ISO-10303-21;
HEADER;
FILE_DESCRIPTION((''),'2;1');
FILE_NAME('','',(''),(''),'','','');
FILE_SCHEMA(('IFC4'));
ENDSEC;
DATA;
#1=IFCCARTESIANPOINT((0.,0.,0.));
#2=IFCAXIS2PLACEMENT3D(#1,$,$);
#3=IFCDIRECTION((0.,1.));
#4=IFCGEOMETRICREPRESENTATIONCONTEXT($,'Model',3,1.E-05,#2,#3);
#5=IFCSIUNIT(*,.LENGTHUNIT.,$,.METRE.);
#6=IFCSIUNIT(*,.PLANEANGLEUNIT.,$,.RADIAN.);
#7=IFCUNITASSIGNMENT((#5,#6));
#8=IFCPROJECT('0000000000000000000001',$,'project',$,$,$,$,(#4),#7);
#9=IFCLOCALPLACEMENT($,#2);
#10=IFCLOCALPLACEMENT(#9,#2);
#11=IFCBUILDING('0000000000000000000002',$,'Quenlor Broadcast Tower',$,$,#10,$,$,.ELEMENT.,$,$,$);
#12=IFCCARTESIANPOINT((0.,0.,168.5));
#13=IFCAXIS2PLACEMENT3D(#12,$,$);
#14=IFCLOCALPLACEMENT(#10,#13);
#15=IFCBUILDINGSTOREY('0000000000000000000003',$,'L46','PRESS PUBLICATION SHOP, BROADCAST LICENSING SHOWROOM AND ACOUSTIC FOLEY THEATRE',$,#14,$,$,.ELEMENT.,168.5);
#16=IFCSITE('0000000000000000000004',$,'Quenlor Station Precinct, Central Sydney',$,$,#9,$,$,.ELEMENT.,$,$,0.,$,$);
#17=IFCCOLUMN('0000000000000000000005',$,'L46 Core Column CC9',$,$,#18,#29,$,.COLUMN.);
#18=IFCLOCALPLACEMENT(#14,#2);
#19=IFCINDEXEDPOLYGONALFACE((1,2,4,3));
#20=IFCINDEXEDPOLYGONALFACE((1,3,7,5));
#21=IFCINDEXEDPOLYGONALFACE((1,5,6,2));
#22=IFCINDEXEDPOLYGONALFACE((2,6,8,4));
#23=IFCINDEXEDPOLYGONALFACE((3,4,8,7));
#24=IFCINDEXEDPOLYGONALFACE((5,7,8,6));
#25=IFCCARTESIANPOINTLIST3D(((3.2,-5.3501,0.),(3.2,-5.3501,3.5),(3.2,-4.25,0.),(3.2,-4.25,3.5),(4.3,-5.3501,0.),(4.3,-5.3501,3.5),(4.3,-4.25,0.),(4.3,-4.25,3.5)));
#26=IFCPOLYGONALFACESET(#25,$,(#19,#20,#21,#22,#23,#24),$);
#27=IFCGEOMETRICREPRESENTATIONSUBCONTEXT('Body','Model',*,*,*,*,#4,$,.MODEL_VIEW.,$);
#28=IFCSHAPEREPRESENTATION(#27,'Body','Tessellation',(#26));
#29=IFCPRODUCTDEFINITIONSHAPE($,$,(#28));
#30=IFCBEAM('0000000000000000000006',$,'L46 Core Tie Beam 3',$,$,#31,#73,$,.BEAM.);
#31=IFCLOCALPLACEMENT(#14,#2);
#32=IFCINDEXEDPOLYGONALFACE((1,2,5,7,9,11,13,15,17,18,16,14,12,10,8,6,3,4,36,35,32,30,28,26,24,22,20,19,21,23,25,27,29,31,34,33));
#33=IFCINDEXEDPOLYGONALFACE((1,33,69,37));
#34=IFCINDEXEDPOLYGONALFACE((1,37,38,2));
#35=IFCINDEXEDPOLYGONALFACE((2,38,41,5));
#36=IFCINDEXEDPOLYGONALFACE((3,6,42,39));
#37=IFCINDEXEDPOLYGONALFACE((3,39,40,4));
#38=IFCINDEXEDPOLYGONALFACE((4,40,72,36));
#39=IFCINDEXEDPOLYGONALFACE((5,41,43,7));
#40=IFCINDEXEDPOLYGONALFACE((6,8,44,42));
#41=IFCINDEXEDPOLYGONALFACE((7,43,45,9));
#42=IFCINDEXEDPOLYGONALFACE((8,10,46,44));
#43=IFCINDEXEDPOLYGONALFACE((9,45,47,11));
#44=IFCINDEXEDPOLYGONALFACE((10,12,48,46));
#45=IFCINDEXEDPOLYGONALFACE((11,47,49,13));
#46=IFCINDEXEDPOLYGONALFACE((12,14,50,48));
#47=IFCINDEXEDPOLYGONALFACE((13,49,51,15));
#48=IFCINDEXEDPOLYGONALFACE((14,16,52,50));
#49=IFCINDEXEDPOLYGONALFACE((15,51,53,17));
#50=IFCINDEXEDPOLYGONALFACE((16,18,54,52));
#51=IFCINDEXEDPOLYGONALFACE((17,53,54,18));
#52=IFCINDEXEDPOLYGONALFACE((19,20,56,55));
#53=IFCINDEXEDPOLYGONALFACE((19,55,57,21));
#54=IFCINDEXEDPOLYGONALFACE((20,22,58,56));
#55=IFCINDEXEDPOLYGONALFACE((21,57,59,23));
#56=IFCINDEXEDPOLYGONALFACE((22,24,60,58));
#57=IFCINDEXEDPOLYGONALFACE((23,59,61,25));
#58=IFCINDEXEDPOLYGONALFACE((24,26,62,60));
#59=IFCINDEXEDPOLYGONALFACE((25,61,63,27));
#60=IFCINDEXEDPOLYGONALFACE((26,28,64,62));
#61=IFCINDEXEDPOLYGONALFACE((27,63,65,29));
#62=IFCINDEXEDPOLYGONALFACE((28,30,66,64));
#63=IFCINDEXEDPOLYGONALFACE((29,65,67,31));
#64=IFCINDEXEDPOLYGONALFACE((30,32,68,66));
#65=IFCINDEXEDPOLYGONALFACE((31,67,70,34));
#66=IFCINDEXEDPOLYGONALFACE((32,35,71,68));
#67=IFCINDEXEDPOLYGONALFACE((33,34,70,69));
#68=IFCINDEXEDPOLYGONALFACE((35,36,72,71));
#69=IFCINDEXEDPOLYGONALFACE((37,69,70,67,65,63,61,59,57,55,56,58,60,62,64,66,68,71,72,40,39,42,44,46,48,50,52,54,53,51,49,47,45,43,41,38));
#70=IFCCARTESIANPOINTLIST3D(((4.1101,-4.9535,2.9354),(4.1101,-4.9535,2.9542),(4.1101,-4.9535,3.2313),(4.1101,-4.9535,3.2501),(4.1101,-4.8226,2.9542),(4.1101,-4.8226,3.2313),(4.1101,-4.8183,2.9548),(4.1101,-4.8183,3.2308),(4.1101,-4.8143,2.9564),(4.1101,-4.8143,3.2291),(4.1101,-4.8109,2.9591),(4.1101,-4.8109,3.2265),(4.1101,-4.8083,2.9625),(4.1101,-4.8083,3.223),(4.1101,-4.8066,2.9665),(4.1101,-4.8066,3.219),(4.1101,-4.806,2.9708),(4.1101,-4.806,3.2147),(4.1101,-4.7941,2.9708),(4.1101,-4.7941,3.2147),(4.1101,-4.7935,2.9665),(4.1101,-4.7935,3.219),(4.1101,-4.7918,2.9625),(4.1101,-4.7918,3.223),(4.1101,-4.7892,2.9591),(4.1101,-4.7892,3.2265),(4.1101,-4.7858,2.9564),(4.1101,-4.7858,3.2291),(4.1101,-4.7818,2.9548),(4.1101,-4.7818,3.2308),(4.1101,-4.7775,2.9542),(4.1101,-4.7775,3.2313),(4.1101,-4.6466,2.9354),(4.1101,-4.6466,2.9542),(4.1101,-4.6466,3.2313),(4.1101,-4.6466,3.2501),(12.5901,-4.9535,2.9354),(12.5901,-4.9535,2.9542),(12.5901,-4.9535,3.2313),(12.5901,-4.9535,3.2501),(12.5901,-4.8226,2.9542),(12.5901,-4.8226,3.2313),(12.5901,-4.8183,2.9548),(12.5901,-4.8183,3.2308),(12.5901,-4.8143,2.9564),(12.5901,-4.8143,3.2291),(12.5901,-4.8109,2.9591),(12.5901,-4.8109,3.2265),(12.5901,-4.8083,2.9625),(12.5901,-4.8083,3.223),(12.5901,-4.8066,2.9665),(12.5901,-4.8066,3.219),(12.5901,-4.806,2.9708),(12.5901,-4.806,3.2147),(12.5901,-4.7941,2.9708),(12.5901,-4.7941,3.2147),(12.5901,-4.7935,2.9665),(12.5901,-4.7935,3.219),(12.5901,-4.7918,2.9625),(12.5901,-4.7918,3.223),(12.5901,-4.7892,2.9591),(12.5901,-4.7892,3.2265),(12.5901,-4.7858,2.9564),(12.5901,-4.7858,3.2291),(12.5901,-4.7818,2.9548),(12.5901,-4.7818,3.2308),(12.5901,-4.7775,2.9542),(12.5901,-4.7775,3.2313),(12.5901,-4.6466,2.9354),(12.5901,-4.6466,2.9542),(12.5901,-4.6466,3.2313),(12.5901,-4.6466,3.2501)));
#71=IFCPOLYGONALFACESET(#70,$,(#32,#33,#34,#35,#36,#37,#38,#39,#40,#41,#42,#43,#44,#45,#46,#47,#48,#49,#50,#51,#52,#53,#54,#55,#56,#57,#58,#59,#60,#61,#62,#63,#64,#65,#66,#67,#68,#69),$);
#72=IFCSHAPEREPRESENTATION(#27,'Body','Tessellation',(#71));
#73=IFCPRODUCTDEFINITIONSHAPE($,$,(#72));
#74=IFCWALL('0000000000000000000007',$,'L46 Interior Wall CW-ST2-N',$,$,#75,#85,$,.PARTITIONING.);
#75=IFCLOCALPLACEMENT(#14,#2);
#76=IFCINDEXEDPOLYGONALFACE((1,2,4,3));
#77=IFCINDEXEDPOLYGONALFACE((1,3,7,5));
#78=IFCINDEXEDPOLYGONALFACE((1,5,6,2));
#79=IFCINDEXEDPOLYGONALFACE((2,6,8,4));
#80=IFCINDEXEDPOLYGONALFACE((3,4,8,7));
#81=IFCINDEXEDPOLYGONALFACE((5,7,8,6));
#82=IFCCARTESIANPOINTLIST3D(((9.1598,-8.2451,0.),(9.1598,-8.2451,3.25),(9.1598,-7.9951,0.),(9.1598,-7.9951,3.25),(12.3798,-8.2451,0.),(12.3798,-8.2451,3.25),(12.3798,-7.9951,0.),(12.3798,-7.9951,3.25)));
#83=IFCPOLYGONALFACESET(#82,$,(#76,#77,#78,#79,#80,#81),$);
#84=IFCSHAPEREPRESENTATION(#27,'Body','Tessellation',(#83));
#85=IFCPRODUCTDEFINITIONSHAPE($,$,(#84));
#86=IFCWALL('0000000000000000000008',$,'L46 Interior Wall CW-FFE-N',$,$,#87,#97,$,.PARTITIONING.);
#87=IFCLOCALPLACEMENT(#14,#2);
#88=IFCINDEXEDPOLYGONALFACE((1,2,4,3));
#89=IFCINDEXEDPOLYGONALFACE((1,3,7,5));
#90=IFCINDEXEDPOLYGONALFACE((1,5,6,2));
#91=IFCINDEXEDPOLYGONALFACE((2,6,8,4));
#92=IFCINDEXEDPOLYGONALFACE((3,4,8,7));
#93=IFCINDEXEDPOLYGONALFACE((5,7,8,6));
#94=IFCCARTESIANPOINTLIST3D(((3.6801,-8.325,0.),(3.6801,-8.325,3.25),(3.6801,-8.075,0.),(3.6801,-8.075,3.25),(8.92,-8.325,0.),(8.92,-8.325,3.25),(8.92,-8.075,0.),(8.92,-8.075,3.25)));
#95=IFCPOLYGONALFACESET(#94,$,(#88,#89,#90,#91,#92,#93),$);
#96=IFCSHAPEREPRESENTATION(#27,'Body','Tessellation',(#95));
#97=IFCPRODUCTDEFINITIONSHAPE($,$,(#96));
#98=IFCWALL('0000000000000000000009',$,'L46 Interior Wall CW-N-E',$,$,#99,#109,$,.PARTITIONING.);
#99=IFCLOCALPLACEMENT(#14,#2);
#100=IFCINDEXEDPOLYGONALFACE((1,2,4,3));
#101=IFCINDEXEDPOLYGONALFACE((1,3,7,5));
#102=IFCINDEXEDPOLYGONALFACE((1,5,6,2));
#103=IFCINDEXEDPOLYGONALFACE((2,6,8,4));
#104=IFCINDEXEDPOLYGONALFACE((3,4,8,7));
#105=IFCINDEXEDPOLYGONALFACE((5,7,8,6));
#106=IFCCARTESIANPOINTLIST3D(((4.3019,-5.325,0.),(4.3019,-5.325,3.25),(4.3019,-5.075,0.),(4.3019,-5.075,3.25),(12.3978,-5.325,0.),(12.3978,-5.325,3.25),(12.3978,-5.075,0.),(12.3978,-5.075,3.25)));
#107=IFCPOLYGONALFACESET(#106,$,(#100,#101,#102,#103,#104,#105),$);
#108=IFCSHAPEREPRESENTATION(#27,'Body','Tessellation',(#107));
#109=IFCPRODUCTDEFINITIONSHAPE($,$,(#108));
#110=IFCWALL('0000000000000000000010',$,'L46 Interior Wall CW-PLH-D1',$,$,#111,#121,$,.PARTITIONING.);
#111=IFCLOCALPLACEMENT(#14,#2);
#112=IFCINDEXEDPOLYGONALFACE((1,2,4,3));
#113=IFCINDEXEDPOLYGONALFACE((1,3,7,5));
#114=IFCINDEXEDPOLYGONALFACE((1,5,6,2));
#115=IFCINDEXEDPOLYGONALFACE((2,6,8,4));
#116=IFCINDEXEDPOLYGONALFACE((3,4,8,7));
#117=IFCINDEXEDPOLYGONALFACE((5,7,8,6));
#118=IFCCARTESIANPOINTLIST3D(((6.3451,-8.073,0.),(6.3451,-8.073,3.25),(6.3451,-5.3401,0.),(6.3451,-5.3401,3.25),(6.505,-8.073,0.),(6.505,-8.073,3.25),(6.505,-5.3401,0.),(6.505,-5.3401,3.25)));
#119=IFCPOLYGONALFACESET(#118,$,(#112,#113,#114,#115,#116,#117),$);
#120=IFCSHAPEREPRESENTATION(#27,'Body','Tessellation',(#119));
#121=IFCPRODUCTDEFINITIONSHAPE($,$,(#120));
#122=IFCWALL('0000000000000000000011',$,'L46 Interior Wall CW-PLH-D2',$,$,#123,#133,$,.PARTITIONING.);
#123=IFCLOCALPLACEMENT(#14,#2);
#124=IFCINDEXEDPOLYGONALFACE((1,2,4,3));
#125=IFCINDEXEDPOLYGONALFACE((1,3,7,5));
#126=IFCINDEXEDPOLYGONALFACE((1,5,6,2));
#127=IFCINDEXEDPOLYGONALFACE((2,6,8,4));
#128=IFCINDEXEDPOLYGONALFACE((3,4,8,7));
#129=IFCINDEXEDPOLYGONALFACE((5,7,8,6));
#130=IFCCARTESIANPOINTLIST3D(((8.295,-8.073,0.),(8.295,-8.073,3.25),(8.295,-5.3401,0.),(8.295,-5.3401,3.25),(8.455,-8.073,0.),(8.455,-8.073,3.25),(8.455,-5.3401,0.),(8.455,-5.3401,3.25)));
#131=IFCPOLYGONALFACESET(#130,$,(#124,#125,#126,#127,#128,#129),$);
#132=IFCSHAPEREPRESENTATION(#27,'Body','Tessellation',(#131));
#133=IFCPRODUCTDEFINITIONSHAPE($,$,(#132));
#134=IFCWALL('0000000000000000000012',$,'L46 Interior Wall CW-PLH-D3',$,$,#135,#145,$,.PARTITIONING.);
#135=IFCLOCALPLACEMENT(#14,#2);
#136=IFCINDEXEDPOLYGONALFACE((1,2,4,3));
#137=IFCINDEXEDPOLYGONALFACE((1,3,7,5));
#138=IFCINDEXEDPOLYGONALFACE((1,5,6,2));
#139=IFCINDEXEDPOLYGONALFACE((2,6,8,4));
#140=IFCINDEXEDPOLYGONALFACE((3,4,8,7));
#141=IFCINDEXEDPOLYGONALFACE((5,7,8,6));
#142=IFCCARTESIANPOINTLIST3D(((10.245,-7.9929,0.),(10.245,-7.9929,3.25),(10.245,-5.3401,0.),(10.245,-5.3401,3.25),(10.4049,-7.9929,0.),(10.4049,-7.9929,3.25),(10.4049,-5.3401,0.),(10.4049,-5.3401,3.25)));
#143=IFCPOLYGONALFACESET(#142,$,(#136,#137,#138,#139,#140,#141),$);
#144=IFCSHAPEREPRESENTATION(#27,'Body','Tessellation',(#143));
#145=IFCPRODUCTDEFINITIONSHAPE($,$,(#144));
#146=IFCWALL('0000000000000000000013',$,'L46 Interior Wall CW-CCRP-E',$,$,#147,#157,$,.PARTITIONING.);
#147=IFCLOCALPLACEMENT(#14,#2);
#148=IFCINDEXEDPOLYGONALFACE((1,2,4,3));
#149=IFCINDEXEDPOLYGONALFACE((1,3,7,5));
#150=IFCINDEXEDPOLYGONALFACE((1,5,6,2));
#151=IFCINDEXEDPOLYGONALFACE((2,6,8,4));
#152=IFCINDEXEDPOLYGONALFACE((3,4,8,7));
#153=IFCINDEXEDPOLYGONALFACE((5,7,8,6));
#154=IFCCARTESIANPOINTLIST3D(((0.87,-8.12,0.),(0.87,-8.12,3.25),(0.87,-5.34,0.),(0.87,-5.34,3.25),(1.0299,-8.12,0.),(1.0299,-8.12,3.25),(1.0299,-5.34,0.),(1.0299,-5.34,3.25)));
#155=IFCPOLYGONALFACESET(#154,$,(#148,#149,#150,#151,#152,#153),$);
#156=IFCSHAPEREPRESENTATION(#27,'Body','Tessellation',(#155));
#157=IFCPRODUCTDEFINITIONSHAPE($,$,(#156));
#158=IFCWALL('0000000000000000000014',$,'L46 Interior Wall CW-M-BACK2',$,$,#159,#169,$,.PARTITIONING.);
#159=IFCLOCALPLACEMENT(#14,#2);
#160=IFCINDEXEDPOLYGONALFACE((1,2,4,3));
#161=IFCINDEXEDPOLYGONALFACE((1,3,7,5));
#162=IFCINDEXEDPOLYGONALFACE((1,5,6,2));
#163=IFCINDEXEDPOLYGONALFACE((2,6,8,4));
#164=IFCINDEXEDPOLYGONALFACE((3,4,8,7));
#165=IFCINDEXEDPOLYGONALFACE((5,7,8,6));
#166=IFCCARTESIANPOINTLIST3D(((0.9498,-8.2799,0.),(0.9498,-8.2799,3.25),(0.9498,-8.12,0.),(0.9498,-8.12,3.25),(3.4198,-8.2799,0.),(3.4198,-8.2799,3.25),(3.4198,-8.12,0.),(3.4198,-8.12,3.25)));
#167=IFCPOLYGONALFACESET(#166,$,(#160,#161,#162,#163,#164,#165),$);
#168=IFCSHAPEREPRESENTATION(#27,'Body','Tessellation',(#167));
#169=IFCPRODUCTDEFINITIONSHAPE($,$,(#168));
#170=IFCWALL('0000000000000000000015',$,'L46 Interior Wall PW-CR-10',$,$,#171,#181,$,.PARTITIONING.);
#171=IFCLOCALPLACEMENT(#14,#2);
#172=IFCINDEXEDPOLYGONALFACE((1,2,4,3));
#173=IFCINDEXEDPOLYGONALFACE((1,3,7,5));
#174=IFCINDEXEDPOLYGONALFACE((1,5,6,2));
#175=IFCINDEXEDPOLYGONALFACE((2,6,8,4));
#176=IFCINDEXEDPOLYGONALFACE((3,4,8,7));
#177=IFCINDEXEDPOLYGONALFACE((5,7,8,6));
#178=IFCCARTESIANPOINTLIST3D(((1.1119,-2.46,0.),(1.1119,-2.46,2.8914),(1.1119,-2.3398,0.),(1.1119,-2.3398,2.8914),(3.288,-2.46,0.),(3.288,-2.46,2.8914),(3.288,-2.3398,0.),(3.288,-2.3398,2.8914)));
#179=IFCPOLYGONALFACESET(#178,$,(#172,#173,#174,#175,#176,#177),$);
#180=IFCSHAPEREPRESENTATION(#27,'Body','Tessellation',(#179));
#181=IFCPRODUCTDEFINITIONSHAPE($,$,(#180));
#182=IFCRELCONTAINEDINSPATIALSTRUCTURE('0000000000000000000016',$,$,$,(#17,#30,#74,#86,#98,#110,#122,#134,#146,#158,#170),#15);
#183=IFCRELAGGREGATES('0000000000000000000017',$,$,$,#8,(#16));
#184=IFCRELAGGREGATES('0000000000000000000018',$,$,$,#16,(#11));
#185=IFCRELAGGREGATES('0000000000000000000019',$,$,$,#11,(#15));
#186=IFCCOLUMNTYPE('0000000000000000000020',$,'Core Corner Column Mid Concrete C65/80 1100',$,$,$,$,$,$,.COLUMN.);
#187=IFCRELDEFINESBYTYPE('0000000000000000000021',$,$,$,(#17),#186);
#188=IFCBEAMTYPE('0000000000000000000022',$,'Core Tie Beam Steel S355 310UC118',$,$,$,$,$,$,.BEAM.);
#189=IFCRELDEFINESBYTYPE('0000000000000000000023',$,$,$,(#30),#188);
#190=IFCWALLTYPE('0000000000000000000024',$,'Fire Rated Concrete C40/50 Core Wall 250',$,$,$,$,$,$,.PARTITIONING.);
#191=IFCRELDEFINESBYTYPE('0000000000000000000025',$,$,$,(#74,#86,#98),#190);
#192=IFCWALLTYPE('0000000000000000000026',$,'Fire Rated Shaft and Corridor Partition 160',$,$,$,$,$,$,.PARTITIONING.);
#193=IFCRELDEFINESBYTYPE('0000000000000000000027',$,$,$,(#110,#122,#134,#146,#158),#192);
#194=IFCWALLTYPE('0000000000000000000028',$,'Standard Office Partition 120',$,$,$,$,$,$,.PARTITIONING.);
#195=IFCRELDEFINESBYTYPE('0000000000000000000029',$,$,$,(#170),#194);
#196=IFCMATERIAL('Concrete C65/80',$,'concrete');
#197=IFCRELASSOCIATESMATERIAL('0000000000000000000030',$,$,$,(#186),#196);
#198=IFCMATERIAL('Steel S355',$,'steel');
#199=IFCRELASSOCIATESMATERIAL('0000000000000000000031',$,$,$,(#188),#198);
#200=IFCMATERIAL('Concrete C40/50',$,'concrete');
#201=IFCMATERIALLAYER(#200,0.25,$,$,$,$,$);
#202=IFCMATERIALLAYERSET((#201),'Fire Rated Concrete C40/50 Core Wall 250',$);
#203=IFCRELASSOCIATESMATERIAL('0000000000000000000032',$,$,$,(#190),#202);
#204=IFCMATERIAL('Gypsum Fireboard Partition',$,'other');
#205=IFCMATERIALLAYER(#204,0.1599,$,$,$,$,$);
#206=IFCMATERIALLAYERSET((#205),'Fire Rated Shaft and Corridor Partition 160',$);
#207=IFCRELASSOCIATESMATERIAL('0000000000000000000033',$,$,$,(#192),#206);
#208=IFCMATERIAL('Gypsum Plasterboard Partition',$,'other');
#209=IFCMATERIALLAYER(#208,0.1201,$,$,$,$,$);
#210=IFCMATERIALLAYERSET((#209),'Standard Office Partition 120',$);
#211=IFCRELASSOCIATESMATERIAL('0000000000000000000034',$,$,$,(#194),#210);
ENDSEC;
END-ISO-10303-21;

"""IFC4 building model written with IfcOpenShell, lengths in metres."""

from ifc_helpers import new_model, si_unit, direction, frame, frame_2d, origin, origin_2d, place, context, subcontext, project, spatial, rectangle, i_section, extrude, material, layer, layer_set, material_profile, profile_set, type_object, element, save


model = new_model("IFC4")

# Units and contexts
model_context = context("Model", 3, precision=1e-05, world=origin(), true_north=direction((0.0, 1.0)))
body_context = subcontext(model_context, "Body", "Model", "MODEL_VIEW")
ifc_project = project(units=[si_unit("LENGTHUNIT", "METRE"), si_unit("PLANEANGLEUNIT", "RADIAN")], contexts=[model_context])

# Site, building, storey
site_placement = place(None, origin())
site = spatial("IfcSite", under=ifc_project, at=site_placement, Name="Quenlor Station Precinct, Central Sydney", CompositionType="ELEMENT", RefElevation=0.0)
building_placement = place(site_placement, origin())
building = spatial("IfcBuilding", under=site, at=building_placement, Name="Quenlor Broadcast Tower", CompositionType="ELEMENT")
storey_placement = place(building_placement, frame((0.0, 0.0, 168.5)))
storey = spatial("IfcBuildingStorey", under=building, at=storey_placement, Name="L46", Description="PRESS PUBLICATION SHOP, BROADCAST LICENSING SHOWROOM AND ACOUSTIC FOLEY THEATRE", CompositionType="ELEMENT", Elevation=168.5)

# Column
ifc_material_1 = material(Name="Concrete C65/80", Category="concrete")
ifc_material_profile_1 = material_profile(ifc_material_1, rectangle(XDim=1.1001, YDim=1.1001, at=origin_2d()))
ifc_profile_set_1 = profile_set([ifc_material_profile_1], Name="Concrete C65/80 RC1100x1100")
column_type = type_object("IfcColumnType", Name="Core Corner Column Mid Concrete C65/80 1100", PredefinedType="COLUMN", material=ifc_profile_set_1)
column_placement = place(storey_placement, frame((3.75, -4.8, 0.0), z_axis=(0.0, 0.0, 1.0), x_axis=(1.0, 0.0, 0.0)))
element("IfcColumn", 1, at=column_placement, inside=storey, type_object=column_type, Name="L46 Core Column CC9", PredefinedType="COLUMN", context=body_context, shape_type="SweptSolid", body=[
    extrude(rectangle(XDim=1.1001, YDim=1.1001, at=origin_2d()), origin(), (0.0, 0.0, 1.0), 3.5),
])

# Beam
ifc_material_2 = material(Name="Steel S355", Category="steel")
ifc_material_profile_2 = material_profile(ifc_material_2, i_section(OverallWidth=0.3069, OverallDepth=0.3147, WebThickness=0.012, FlangeThickness=0.0188, FilletRadius=0.0166, at=origin_2d()))
ifc_profile_set_2 = profile_set([ifc_material_profile_2], Name="Steel S355 310UC118")
beam_type = type_object("IfcBeamType", Name="Core Tie Beam Steel S355 310UC118", PredefinedType="BEAM", material=ifc_profile_set_2)
beam_placement = place(storey_placement, frame((4.1101, -4.8, 3.0928), z_axis=(1.0, 0.0, 0.0), x_axis=(0.0, 1.0, 0.0)))
element("IfcBeam", 2, at=beam_placement, inside=storey, type_object=beam_type, Name="L46 Core Tie Beam 3", PredefinedType="BEAM", context=body_context, shape_type="SweptSolid", body=[
    extrude(i_section(OverallWidth=0.3069, OverallDepth=0.3147, WebThickness=0.012, FlangeThickness=0.0188, FilletRadius=0.0166, at=origin_2d()), origin(), (0.0, 0.0, 1.0), 8.48),
])

# Walls
ifc_material_3 = material(Name="Concrete C40/50", Category="concrete")
ifc_layer_1 = layer(ifc_material_3, 0.25)
ifc_layer_set_1 = layer_set([ifc_layer_1], Name="Fire Rated Concrete C40/50 Core Wall 250")
wall_type_1 = type_object("IfcWallType", Name="Fire Rated Concrete C40/50 Core Wall 250", PredefinedType="PARTITIONING", material=ifc_layer_set_1)
wall_1_placement = place(storey_placement, frame((9.1599, -8.1201, 0.0), z_axis=(0.0, 0.0, 1.0), x_axis=(1.0, 0.0, 0.0)))
element("IfcWall", 3, at=wall_1_placement, inside=storey, type_object=wall_type_1, Name="L46 Interior Wall CW-ST2-N", PredefinedType="PARTITIONING", context=body_context, shape_type="SweptSolid", body=[
    extrude(rectangle(XDim=3.22, YDim=0.25, at=frame_2d((1.6099, 0.0))), origin(), (0.0, 0.0, 1.0), 3.25),
])
wall_2_placement = place(storey_placement, frame((3.6799, -8.2, 0.0), z_axis=(0.0, 0.0, 1.0), x_axis=(1.0, 0.0, 0.0)))
element("IfcWall", 4, at=wall_2_placement, inside=storey, type_object=wall_type_1, Name="L46 Interior Wall CW-FFE-N", PredefinedType="PARTITIONING", context=body_context, shape_type="SweptSolid", body=[
    extrude(rectangle(XDim=5.24, YDim=0.25, at=frame_2d((2.6201, 0.0))), origin(), (0.0, 0.0, 1.0), 3.25),
])
wall_3_placement = place(storey_placement, frame((4.302, -5.2, 0.0), z_axis=(0.0, 0.0, 1.0), x_axis=(1.0, 0.0, 0.0)))
element("IfcWall", 5, at=wall_3_placement, inside=storey, type_object=wall_type_1, Name="L46 Interior Wall CW-N-E", PredefinedType="PARTITIONING", context=body_context, shape_type="SweptSolid", body=[
    extrude(rectangle(XDim=8.0959, YDim=0.25, at=frame_2d((4.0479, 0.0))), origin(), (0.0, 0.0, 1.0), 3.25),
])

# Walls
ifc_material_4 = material(Name="Gypsum Fireboard Partition", Category="other")
ifc_layer_2 = layer(ifc_material_4, 0.1599)
ifc_layer_set_2 = layer_set([ifc_layer_2], Name="Fire Rated Shaft and Corridor Partition 160")
wall_type_2 = type_object("IfcWallType", Name="Fire Rated Shaft and Corridor Partition 160", PredefinedType="PARTITIONING", material=ifc_layer_set_2)
for number, where, z_axis, x_axis, name in (
    (6, (6.425, -8.073, 0.0), (0.0, 0.0, 1.0), (0.0, 1.0, 0.0), "L46 Interior Wall CW-PLH-D1"),
    (7, (8.375, -8.073, 0.0), (0.0, 0.0, 1.0), (0.0, 1.0, 0.0), "L46 Interior Wall CW-PLH-D2"),
):
    element("IfcWall", number, at=place(storey_placement, frame(where, z_axis=z_axis, x_axis=x_axis)), inside=storey, type_object=wall_type_2, Name=name, PredefinedType="PARTITIONING", context=body_context, shape_type="SweptSolid", body=[
        extrude(rectangle(XDim=2.7329, YDim=0.1599, at=frame_2d((1.3665, 0.0))), origin(), (0.0, 0.0, 1.0), 3.25),
    ])
wall_4_placement = place(storey_placement, frame((10.325, -7.9929, 0.0), z_axis=(0.0, 0.0, 1.0), x_axis=(0.0, 1.0, 0.0)))
element("IfcWall", 8, at=wall_4_placement, inside=storey, type_object=wall_type_2, Name="L46 Interior Wall CW-PLH-D3", PredefinedType="PARTITIONING", context=body_context, shape_type="SweptSolid", body=[
    extrude(rectangle(XDim=2.6528, YDim=0.1599, at=frame_2d((1.3264, 0.0))), origin(), (0.0, 0.0, 1.0), 3.25),
])
wall_5_placement = place(storey_placement, frame((0.95, -8.1201, 0.0), z_axis=(0.0, 0.0, 1.0), x_axis=(0.0, 1.0, 0.0)))
element("IfcWall", 9, at=wall_5_placement, inside=storey, type_object=wall_type_2, Name="L46 Interior Wall CW-CCRP-E", PredefinedType="PARTITIONING", context=body_context, shape_type="SweptSolid", body=[
    extrude(rectangle(XDim=2.78, YDim=0.1599, at=frame_2d((1.3901, 0.0))), origin(), (0.0, 0.0, 1.0), 3.25),
])
wall_6_placement = place(storey_placement, frame((0.95, -8.2, 0.0), z_axis=(0.0, 0.0, 1.0), x_axis=(1.0, 0.0, 0.0)))
element("IfcWall", 10, at=wall_6_placement, inside=storey, type_object=wall_type_2, Name="L46 Interior Wall CW-M-BACK2", PredefinedType="PARTITIONING", context=body_context, shape_type="SweptSolid", body=[
    extrude(rectangle(XDim=2.47, YDim=0.1599, at=frame_2d((1.2349, 0.0))), origin(), (0.0, 0.0, 1.0), 3.25),
])

# Shared definitions
ifc_material_5 = material(Name="Gypsum Plasterboard Partition", Category="other")
ifc_layer_3 = layer(ifc_material_5, 0.1201)
ifc_layer_set_3 = layer_set([ifc_layer_3], Name="Standard Office Partition 120")
wall_type_3 = type_object("IfcWallType", Name="Standard Office Partition 120", PredefinedType="PARTITIONING", material=ifc_layer_set_3)

# Wall
wall_7_placement = place(storey_placement, frame((1.1121, -2.3999, 0.0), z_axis=(0.0, 0.0, 1.0), x_axis=(1.0, 0.0, 0.0)))
element("IfcWall", 11, at=wall_7_placement, inside=storey, type_object=wall_type_3, Name="L46 Interior Wall PW-CR-10", PredefinedType="PARTITIONING", context=body_context, shape_type="SweptSolid", body=[
    extrude(rectangle(XDim=2.176, YDim=0.1201, at=frame_2d((1.0879, 0.0))), origin(), (0.0, 0.0, 1.0), 2.8914),
])

save(model, "model.ifc")
